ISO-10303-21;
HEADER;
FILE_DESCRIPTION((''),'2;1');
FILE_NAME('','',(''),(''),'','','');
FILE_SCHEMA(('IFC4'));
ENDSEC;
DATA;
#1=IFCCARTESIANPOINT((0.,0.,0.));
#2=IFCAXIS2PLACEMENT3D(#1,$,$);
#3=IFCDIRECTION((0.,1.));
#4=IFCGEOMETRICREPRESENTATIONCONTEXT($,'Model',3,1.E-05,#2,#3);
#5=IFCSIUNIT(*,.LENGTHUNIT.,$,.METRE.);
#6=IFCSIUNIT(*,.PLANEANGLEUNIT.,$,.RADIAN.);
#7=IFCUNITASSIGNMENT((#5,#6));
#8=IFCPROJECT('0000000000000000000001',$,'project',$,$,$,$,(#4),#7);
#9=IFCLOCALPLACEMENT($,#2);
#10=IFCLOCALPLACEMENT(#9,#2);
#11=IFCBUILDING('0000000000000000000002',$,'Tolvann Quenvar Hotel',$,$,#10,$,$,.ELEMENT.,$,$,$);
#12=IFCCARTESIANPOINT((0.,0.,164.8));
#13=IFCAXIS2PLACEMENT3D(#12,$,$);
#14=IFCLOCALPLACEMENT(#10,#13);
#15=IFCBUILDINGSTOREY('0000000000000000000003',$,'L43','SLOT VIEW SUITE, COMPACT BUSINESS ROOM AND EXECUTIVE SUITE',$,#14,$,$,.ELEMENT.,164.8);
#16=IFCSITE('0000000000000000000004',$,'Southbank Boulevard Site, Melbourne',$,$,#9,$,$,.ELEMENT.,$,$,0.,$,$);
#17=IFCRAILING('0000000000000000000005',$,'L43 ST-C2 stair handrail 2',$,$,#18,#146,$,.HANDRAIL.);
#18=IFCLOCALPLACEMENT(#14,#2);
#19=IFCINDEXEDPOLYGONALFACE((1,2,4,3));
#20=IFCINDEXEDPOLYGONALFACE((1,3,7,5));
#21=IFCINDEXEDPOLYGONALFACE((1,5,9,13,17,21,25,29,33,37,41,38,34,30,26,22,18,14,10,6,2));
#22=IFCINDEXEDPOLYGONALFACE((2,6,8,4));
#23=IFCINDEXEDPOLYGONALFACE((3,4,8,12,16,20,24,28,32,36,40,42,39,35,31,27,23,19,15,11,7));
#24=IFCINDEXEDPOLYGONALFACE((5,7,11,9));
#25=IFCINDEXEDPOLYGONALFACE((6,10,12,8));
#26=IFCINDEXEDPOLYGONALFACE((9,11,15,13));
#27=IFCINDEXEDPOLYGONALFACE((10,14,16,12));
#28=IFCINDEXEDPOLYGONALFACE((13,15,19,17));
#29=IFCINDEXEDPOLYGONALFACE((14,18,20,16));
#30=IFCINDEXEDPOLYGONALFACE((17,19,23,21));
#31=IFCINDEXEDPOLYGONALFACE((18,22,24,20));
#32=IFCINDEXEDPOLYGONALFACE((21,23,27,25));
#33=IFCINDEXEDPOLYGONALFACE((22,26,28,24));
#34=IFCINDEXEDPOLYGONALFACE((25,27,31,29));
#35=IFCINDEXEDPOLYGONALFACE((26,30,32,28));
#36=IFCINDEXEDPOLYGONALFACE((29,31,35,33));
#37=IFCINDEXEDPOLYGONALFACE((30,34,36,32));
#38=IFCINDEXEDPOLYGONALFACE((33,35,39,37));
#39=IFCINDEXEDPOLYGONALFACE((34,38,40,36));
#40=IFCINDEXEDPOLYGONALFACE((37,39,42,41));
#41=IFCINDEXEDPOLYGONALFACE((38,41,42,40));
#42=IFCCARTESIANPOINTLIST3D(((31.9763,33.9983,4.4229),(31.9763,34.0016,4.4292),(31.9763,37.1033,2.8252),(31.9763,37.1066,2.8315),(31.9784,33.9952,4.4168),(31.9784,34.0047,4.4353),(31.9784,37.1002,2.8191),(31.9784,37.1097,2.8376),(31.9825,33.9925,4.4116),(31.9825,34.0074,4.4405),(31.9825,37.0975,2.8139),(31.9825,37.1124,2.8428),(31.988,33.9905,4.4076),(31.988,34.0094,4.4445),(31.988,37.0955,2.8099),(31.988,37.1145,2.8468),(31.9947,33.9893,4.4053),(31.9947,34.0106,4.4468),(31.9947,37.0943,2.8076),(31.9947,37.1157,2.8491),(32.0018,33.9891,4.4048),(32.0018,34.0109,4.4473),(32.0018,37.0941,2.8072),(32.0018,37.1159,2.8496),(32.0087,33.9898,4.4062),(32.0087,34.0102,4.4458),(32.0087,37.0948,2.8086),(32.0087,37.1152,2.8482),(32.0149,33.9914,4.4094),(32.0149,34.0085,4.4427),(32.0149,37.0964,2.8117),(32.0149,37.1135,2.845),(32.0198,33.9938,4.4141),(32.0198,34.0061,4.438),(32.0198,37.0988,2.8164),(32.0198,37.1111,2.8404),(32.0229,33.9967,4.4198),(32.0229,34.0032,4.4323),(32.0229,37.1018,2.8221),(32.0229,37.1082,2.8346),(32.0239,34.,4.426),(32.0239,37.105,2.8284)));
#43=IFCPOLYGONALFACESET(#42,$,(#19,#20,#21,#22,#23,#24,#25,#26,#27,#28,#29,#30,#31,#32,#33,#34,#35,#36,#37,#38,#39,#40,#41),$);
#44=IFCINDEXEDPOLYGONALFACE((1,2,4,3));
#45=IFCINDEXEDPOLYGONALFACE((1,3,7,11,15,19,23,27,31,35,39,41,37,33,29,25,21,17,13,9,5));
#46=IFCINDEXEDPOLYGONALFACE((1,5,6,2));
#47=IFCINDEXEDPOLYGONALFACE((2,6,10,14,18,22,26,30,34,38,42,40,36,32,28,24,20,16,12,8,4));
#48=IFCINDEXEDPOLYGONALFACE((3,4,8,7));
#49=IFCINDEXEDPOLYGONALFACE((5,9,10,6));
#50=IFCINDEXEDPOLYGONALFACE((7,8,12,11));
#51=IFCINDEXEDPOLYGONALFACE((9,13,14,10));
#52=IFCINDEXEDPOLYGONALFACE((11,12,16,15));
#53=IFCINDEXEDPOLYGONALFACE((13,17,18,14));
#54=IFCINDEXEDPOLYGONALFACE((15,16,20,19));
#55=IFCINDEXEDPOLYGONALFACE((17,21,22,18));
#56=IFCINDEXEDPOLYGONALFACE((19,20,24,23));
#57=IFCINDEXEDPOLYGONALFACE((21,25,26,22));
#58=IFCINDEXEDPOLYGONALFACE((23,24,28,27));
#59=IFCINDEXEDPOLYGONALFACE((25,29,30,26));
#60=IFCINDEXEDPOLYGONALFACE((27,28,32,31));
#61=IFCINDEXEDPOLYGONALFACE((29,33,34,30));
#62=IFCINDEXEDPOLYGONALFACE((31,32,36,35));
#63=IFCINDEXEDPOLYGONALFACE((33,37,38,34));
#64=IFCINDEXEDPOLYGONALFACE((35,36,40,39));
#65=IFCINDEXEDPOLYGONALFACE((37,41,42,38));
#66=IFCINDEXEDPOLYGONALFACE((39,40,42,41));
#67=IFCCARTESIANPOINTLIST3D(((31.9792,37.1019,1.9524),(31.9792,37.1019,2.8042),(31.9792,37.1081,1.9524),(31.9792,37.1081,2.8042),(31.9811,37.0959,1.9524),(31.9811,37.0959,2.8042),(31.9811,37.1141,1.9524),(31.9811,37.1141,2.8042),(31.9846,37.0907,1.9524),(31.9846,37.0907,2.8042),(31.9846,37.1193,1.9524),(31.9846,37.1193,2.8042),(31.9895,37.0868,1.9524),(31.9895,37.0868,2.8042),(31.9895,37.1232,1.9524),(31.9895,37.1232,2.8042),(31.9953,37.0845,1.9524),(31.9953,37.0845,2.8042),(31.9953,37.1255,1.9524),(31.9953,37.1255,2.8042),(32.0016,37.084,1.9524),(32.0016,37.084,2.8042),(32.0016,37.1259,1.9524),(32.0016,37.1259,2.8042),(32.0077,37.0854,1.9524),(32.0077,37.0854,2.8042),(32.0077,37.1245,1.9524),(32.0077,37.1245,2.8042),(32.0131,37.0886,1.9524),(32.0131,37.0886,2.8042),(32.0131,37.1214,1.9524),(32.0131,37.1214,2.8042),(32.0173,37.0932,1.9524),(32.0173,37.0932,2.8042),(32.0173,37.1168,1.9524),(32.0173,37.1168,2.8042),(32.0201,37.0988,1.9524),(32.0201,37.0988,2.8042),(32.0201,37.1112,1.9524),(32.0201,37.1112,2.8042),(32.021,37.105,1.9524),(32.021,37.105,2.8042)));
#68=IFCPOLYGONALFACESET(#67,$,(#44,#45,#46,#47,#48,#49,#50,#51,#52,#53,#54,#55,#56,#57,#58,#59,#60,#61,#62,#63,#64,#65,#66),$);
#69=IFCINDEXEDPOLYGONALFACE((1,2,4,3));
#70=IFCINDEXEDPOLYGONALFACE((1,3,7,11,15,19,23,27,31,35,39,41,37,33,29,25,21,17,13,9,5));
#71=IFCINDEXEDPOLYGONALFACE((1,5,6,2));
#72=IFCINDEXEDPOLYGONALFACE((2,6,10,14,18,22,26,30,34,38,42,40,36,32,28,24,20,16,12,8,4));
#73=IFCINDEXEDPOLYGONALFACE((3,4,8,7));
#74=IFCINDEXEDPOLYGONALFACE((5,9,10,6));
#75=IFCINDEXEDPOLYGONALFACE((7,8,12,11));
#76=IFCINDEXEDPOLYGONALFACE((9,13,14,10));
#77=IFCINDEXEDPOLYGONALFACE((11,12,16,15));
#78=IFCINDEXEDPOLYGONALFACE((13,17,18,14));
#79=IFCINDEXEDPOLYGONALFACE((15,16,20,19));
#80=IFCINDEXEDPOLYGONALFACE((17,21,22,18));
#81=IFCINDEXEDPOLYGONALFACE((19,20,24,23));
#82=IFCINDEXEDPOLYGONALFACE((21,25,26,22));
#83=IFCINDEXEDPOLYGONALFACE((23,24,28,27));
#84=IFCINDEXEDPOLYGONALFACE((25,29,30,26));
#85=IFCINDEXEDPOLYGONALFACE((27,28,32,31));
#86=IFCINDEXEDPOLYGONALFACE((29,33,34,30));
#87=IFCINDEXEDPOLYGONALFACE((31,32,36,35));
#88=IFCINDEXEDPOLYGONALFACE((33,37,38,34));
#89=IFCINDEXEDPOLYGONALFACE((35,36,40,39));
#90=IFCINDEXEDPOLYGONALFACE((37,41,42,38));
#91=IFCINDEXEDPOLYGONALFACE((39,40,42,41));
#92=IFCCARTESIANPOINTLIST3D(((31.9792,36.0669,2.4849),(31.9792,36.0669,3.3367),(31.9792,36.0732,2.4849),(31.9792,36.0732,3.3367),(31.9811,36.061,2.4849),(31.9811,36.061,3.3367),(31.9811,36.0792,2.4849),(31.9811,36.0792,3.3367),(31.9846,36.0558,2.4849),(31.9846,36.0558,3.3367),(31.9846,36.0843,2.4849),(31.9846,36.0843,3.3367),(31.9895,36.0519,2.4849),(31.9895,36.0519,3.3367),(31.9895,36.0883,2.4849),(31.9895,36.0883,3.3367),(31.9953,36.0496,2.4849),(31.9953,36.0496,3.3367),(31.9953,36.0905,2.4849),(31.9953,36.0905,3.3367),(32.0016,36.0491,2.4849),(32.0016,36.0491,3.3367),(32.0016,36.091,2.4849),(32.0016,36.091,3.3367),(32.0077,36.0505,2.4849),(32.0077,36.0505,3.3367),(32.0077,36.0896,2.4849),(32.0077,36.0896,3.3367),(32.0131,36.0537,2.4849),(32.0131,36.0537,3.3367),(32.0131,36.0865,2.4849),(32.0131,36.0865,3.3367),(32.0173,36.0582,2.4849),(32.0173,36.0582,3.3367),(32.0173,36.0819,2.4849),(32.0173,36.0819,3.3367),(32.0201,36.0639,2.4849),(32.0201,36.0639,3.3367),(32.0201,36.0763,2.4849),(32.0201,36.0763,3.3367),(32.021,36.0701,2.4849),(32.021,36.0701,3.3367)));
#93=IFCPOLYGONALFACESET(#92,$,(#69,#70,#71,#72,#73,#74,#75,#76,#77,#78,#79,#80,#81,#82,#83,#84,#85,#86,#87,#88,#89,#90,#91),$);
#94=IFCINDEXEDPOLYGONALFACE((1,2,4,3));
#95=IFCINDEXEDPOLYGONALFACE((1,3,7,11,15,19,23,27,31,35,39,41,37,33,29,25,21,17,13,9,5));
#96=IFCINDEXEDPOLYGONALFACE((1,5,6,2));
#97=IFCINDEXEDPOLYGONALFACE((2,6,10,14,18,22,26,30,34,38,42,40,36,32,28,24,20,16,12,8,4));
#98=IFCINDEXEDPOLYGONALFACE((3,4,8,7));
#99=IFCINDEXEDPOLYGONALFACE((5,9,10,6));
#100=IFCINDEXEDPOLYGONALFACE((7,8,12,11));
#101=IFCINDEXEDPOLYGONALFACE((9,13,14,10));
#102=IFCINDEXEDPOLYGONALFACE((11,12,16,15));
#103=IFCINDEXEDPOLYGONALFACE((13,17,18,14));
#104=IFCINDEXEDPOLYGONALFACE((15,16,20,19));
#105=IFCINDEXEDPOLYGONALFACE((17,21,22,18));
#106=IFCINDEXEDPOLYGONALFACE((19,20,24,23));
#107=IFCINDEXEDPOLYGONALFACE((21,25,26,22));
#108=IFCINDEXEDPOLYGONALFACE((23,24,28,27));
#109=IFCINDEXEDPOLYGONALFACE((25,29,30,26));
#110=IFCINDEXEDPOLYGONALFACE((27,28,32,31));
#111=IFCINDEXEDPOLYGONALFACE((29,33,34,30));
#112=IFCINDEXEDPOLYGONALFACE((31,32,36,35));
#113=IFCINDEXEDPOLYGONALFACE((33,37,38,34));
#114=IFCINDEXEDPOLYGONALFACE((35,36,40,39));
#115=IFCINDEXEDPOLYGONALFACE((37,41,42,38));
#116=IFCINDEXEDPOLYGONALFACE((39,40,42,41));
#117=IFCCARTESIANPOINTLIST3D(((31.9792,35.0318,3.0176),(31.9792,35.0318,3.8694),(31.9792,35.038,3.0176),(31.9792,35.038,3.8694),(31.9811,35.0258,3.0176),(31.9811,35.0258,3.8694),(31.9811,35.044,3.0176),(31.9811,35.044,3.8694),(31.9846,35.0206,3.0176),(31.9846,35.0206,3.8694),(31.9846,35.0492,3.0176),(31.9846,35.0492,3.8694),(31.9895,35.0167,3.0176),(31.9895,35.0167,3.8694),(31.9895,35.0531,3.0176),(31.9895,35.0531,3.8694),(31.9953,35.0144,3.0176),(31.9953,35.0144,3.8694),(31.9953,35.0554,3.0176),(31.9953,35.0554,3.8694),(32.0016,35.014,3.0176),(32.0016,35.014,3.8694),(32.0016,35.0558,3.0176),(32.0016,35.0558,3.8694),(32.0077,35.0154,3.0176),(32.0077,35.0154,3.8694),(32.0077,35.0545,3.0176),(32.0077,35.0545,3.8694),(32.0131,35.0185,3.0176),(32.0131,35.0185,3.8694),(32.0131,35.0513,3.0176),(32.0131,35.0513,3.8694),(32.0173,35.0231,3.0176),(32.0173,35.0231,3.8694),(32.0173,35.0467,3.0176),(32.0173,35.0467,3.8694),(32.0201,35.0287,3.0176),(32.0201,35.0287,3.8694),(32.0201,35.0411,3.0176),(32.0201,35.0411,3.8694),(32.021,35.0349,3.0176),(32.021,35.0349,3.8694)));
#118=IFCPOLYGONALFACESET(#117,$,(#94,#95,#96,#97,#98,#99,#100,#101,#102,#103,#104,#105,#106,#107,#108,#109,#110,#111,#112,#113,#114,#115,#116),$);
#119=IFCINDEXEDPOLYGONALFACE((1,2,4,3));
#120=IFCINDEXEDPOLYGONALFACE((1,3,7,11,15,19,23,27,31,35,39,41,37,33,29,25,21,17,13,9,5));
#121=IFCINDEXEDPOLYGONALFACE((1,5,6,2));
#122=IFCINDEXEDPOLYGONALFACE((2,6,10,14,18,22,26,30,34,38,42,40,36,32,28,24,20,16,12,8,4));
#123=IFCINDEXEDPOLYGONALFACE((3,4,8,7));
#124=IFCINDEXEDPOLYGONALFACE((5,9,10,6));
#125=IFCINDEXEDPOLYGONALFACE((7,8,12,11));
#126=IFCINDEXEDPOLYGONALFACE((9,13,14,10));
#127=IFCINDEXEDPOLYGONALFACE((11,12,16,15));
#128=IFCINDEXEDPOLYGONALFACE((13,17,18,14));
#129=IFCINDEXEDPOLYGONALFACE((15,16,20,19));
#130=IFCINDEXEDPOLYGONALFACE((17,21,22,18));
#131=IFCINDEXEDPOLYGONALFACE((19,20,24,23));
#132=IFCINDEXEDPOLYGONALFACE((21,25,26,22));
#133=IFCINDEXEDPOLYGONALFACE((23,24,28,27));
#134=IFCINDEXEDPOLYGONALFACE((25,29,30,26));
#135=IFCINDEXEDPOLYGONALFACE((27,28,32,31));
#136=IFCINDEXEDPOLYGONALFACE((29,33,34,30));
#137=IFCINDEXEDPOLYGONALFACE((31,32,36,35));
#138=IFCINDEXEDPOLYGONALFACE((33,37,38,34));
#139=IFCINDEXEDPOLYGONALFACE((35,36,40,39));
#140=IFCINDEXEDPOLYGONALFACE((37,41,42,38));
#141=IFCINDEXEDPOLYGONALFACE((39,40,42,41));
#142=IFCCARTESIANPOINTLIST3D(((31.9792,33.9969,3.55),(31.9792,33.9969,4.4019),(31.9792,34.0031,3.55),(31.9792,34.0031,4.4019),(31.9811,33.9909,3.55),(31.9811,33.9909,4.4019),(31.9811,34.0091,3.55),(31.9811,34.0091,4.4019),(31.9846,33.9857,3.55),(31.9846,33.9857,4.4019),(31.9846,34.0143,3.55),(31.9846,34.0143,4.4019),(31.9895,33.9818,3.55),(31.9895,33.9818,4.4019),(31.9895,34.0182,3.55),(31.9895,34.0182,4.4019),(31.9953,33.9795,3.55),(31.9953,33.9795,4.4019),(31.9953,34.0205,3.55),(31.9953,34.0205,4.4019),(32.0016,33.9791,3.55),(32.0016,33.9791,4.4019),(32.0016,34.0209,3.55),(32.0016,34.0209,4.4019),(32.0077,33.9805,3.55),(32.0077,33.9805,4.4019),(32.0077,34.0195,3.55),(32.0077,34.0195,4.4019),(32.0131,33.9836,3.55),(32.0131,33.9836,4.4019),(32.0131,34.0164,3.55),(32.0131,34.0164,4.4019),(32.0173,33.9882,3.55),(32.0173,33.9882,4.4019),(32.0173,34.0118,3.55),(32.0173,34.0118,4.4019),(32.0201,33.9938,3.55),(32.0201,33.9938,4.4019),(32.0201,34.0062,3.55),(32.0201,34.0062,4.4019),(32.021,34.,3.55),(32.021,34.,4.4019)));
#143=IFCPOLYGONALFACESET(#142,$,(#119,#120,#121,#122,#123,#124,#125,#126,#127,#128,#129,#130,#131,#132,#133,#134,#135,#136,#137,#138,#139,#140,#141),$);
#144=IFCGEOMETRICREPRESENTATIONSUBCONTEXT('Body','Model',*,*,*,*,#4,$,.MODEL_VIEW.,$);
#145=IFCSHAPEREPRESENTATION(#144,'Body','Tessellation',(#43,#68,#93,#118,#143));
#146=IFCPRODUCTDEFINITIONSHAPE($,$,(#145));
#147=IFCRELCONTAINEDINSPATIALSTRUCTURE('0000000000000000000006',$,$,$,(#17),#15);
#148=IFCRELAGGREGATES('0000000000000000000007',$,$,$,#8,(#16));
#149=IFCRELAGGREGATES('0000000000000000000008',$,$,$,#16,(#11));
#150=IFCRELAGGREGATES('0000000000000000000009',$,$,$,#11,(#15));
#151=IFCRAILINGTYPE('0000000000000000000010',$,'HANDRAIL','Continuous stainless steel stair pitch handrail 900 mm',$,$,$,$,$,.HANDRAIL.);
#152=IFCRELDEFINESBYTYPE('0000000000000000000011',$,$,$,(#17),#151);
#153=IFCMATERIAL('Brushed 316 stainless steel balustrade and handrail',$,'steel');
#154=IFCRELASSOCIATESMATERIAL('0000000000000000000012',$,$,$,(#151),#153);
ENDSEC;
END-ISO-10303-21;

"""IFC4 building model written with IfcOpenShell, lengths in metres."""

from ifc_helpers import new_model, si_unit, direction, frame, origin, origin_2d, place, context, subcontext, project, spatial, circle, extrude, material, type_object, element, save


model = new_model("IFC4")

# Units and contexts
model_context = context("Model", 3, precision=1e-05, world=origin(), true_north=direction((0.0, 1.0)))
body_context = subcontext(model_context, "Body", "Model", "MODEL_VIEW")
ifc_project = project(units=[si_unit("LENGTHUNIT", "METRE"), si_unit("PLANEANGLEUNIT", "RADIAN")], contexts=[model_context])

# Site, building, storey
site_placement = place(None, origin())
site = spatial("IfcSite", under=ifc_project, at=site_placement, Name="Southbank Boulevard Site, Melbourne", CompositionType="ELEMENT", RefElevation=0.0)
building_placement = place(site_placement, origin())
building = spatial("IfcBuilding", under=site, at=building_placement, Name="Tolvann Quenvar Hotel", CompositionType="ELEMENT")
storey_placement = place(building_placement, frame((0.0, 0.0, 164.8)))
storey = spatial("IfcBuildingStorey", under=building, at=storey_placement, Name="L43", Description="SLOT VIEW SUITE, COMPACT BUSINESS ROOM AND EXECUTIVE SUITE", CompositionType="ELEMENT", Elevation=164.8)

# Railing
ifc_material_1 = material(Name="Brushed 316 stainless steel balustrade and handrail", Category="steel")
railing_type_1 = type_object("IfcRailingType", Name="HANDRAIL", Description="Continuous stainless steel stair pitch handrail 900 mm", PredefinedType="HANDRAIL", material=ifc_material_1)
railing_1_placement = place(storey_placement, frame((32.0, 37.105, 1.9524)))
element("IfcRailing", 1, at=railing_1_placement, inside=storey, type_object=railing_type_1, Name="L43 ST-C2 stair handrail 2", PredefinedType="HANDRAIL", context=body_context, shape_type="SweptSolid", body=[
    extrude(circle(Radius=0.0239, at=origin_2d()), frame((0.0, 0.0, 0.876), z_axis=(0.0, -0.889194, 0.457531), x_axis=(1.0, 0.0, 0.0)), (0.0, 0.0, 1.0), 3.4919),
    extrude(circle(Radius=0.021, at=origin_2d()), origin(), (0.0, 0.0, 1.0), 0.8518),
    extrude(circle(Radius=0.021, at=origin_2d()), frame((0.0, -1.0349, 0.5325)), (0.0, 0.0, 1.0), 0.8518),
    extrude(circle(Radius=0.021, at=origin_2d()), frame((0.0, -2.0701, 1.0652)), (0.0, 0.0, 1.0), 0.8518),
    extrude(circle(Radius=0.021, at=origin_2d()), frame((0.0, -3.105, 1.5977)), (0.0, 0.0, 1.0), 0.8518),
])

save(model, "model.ifc")
